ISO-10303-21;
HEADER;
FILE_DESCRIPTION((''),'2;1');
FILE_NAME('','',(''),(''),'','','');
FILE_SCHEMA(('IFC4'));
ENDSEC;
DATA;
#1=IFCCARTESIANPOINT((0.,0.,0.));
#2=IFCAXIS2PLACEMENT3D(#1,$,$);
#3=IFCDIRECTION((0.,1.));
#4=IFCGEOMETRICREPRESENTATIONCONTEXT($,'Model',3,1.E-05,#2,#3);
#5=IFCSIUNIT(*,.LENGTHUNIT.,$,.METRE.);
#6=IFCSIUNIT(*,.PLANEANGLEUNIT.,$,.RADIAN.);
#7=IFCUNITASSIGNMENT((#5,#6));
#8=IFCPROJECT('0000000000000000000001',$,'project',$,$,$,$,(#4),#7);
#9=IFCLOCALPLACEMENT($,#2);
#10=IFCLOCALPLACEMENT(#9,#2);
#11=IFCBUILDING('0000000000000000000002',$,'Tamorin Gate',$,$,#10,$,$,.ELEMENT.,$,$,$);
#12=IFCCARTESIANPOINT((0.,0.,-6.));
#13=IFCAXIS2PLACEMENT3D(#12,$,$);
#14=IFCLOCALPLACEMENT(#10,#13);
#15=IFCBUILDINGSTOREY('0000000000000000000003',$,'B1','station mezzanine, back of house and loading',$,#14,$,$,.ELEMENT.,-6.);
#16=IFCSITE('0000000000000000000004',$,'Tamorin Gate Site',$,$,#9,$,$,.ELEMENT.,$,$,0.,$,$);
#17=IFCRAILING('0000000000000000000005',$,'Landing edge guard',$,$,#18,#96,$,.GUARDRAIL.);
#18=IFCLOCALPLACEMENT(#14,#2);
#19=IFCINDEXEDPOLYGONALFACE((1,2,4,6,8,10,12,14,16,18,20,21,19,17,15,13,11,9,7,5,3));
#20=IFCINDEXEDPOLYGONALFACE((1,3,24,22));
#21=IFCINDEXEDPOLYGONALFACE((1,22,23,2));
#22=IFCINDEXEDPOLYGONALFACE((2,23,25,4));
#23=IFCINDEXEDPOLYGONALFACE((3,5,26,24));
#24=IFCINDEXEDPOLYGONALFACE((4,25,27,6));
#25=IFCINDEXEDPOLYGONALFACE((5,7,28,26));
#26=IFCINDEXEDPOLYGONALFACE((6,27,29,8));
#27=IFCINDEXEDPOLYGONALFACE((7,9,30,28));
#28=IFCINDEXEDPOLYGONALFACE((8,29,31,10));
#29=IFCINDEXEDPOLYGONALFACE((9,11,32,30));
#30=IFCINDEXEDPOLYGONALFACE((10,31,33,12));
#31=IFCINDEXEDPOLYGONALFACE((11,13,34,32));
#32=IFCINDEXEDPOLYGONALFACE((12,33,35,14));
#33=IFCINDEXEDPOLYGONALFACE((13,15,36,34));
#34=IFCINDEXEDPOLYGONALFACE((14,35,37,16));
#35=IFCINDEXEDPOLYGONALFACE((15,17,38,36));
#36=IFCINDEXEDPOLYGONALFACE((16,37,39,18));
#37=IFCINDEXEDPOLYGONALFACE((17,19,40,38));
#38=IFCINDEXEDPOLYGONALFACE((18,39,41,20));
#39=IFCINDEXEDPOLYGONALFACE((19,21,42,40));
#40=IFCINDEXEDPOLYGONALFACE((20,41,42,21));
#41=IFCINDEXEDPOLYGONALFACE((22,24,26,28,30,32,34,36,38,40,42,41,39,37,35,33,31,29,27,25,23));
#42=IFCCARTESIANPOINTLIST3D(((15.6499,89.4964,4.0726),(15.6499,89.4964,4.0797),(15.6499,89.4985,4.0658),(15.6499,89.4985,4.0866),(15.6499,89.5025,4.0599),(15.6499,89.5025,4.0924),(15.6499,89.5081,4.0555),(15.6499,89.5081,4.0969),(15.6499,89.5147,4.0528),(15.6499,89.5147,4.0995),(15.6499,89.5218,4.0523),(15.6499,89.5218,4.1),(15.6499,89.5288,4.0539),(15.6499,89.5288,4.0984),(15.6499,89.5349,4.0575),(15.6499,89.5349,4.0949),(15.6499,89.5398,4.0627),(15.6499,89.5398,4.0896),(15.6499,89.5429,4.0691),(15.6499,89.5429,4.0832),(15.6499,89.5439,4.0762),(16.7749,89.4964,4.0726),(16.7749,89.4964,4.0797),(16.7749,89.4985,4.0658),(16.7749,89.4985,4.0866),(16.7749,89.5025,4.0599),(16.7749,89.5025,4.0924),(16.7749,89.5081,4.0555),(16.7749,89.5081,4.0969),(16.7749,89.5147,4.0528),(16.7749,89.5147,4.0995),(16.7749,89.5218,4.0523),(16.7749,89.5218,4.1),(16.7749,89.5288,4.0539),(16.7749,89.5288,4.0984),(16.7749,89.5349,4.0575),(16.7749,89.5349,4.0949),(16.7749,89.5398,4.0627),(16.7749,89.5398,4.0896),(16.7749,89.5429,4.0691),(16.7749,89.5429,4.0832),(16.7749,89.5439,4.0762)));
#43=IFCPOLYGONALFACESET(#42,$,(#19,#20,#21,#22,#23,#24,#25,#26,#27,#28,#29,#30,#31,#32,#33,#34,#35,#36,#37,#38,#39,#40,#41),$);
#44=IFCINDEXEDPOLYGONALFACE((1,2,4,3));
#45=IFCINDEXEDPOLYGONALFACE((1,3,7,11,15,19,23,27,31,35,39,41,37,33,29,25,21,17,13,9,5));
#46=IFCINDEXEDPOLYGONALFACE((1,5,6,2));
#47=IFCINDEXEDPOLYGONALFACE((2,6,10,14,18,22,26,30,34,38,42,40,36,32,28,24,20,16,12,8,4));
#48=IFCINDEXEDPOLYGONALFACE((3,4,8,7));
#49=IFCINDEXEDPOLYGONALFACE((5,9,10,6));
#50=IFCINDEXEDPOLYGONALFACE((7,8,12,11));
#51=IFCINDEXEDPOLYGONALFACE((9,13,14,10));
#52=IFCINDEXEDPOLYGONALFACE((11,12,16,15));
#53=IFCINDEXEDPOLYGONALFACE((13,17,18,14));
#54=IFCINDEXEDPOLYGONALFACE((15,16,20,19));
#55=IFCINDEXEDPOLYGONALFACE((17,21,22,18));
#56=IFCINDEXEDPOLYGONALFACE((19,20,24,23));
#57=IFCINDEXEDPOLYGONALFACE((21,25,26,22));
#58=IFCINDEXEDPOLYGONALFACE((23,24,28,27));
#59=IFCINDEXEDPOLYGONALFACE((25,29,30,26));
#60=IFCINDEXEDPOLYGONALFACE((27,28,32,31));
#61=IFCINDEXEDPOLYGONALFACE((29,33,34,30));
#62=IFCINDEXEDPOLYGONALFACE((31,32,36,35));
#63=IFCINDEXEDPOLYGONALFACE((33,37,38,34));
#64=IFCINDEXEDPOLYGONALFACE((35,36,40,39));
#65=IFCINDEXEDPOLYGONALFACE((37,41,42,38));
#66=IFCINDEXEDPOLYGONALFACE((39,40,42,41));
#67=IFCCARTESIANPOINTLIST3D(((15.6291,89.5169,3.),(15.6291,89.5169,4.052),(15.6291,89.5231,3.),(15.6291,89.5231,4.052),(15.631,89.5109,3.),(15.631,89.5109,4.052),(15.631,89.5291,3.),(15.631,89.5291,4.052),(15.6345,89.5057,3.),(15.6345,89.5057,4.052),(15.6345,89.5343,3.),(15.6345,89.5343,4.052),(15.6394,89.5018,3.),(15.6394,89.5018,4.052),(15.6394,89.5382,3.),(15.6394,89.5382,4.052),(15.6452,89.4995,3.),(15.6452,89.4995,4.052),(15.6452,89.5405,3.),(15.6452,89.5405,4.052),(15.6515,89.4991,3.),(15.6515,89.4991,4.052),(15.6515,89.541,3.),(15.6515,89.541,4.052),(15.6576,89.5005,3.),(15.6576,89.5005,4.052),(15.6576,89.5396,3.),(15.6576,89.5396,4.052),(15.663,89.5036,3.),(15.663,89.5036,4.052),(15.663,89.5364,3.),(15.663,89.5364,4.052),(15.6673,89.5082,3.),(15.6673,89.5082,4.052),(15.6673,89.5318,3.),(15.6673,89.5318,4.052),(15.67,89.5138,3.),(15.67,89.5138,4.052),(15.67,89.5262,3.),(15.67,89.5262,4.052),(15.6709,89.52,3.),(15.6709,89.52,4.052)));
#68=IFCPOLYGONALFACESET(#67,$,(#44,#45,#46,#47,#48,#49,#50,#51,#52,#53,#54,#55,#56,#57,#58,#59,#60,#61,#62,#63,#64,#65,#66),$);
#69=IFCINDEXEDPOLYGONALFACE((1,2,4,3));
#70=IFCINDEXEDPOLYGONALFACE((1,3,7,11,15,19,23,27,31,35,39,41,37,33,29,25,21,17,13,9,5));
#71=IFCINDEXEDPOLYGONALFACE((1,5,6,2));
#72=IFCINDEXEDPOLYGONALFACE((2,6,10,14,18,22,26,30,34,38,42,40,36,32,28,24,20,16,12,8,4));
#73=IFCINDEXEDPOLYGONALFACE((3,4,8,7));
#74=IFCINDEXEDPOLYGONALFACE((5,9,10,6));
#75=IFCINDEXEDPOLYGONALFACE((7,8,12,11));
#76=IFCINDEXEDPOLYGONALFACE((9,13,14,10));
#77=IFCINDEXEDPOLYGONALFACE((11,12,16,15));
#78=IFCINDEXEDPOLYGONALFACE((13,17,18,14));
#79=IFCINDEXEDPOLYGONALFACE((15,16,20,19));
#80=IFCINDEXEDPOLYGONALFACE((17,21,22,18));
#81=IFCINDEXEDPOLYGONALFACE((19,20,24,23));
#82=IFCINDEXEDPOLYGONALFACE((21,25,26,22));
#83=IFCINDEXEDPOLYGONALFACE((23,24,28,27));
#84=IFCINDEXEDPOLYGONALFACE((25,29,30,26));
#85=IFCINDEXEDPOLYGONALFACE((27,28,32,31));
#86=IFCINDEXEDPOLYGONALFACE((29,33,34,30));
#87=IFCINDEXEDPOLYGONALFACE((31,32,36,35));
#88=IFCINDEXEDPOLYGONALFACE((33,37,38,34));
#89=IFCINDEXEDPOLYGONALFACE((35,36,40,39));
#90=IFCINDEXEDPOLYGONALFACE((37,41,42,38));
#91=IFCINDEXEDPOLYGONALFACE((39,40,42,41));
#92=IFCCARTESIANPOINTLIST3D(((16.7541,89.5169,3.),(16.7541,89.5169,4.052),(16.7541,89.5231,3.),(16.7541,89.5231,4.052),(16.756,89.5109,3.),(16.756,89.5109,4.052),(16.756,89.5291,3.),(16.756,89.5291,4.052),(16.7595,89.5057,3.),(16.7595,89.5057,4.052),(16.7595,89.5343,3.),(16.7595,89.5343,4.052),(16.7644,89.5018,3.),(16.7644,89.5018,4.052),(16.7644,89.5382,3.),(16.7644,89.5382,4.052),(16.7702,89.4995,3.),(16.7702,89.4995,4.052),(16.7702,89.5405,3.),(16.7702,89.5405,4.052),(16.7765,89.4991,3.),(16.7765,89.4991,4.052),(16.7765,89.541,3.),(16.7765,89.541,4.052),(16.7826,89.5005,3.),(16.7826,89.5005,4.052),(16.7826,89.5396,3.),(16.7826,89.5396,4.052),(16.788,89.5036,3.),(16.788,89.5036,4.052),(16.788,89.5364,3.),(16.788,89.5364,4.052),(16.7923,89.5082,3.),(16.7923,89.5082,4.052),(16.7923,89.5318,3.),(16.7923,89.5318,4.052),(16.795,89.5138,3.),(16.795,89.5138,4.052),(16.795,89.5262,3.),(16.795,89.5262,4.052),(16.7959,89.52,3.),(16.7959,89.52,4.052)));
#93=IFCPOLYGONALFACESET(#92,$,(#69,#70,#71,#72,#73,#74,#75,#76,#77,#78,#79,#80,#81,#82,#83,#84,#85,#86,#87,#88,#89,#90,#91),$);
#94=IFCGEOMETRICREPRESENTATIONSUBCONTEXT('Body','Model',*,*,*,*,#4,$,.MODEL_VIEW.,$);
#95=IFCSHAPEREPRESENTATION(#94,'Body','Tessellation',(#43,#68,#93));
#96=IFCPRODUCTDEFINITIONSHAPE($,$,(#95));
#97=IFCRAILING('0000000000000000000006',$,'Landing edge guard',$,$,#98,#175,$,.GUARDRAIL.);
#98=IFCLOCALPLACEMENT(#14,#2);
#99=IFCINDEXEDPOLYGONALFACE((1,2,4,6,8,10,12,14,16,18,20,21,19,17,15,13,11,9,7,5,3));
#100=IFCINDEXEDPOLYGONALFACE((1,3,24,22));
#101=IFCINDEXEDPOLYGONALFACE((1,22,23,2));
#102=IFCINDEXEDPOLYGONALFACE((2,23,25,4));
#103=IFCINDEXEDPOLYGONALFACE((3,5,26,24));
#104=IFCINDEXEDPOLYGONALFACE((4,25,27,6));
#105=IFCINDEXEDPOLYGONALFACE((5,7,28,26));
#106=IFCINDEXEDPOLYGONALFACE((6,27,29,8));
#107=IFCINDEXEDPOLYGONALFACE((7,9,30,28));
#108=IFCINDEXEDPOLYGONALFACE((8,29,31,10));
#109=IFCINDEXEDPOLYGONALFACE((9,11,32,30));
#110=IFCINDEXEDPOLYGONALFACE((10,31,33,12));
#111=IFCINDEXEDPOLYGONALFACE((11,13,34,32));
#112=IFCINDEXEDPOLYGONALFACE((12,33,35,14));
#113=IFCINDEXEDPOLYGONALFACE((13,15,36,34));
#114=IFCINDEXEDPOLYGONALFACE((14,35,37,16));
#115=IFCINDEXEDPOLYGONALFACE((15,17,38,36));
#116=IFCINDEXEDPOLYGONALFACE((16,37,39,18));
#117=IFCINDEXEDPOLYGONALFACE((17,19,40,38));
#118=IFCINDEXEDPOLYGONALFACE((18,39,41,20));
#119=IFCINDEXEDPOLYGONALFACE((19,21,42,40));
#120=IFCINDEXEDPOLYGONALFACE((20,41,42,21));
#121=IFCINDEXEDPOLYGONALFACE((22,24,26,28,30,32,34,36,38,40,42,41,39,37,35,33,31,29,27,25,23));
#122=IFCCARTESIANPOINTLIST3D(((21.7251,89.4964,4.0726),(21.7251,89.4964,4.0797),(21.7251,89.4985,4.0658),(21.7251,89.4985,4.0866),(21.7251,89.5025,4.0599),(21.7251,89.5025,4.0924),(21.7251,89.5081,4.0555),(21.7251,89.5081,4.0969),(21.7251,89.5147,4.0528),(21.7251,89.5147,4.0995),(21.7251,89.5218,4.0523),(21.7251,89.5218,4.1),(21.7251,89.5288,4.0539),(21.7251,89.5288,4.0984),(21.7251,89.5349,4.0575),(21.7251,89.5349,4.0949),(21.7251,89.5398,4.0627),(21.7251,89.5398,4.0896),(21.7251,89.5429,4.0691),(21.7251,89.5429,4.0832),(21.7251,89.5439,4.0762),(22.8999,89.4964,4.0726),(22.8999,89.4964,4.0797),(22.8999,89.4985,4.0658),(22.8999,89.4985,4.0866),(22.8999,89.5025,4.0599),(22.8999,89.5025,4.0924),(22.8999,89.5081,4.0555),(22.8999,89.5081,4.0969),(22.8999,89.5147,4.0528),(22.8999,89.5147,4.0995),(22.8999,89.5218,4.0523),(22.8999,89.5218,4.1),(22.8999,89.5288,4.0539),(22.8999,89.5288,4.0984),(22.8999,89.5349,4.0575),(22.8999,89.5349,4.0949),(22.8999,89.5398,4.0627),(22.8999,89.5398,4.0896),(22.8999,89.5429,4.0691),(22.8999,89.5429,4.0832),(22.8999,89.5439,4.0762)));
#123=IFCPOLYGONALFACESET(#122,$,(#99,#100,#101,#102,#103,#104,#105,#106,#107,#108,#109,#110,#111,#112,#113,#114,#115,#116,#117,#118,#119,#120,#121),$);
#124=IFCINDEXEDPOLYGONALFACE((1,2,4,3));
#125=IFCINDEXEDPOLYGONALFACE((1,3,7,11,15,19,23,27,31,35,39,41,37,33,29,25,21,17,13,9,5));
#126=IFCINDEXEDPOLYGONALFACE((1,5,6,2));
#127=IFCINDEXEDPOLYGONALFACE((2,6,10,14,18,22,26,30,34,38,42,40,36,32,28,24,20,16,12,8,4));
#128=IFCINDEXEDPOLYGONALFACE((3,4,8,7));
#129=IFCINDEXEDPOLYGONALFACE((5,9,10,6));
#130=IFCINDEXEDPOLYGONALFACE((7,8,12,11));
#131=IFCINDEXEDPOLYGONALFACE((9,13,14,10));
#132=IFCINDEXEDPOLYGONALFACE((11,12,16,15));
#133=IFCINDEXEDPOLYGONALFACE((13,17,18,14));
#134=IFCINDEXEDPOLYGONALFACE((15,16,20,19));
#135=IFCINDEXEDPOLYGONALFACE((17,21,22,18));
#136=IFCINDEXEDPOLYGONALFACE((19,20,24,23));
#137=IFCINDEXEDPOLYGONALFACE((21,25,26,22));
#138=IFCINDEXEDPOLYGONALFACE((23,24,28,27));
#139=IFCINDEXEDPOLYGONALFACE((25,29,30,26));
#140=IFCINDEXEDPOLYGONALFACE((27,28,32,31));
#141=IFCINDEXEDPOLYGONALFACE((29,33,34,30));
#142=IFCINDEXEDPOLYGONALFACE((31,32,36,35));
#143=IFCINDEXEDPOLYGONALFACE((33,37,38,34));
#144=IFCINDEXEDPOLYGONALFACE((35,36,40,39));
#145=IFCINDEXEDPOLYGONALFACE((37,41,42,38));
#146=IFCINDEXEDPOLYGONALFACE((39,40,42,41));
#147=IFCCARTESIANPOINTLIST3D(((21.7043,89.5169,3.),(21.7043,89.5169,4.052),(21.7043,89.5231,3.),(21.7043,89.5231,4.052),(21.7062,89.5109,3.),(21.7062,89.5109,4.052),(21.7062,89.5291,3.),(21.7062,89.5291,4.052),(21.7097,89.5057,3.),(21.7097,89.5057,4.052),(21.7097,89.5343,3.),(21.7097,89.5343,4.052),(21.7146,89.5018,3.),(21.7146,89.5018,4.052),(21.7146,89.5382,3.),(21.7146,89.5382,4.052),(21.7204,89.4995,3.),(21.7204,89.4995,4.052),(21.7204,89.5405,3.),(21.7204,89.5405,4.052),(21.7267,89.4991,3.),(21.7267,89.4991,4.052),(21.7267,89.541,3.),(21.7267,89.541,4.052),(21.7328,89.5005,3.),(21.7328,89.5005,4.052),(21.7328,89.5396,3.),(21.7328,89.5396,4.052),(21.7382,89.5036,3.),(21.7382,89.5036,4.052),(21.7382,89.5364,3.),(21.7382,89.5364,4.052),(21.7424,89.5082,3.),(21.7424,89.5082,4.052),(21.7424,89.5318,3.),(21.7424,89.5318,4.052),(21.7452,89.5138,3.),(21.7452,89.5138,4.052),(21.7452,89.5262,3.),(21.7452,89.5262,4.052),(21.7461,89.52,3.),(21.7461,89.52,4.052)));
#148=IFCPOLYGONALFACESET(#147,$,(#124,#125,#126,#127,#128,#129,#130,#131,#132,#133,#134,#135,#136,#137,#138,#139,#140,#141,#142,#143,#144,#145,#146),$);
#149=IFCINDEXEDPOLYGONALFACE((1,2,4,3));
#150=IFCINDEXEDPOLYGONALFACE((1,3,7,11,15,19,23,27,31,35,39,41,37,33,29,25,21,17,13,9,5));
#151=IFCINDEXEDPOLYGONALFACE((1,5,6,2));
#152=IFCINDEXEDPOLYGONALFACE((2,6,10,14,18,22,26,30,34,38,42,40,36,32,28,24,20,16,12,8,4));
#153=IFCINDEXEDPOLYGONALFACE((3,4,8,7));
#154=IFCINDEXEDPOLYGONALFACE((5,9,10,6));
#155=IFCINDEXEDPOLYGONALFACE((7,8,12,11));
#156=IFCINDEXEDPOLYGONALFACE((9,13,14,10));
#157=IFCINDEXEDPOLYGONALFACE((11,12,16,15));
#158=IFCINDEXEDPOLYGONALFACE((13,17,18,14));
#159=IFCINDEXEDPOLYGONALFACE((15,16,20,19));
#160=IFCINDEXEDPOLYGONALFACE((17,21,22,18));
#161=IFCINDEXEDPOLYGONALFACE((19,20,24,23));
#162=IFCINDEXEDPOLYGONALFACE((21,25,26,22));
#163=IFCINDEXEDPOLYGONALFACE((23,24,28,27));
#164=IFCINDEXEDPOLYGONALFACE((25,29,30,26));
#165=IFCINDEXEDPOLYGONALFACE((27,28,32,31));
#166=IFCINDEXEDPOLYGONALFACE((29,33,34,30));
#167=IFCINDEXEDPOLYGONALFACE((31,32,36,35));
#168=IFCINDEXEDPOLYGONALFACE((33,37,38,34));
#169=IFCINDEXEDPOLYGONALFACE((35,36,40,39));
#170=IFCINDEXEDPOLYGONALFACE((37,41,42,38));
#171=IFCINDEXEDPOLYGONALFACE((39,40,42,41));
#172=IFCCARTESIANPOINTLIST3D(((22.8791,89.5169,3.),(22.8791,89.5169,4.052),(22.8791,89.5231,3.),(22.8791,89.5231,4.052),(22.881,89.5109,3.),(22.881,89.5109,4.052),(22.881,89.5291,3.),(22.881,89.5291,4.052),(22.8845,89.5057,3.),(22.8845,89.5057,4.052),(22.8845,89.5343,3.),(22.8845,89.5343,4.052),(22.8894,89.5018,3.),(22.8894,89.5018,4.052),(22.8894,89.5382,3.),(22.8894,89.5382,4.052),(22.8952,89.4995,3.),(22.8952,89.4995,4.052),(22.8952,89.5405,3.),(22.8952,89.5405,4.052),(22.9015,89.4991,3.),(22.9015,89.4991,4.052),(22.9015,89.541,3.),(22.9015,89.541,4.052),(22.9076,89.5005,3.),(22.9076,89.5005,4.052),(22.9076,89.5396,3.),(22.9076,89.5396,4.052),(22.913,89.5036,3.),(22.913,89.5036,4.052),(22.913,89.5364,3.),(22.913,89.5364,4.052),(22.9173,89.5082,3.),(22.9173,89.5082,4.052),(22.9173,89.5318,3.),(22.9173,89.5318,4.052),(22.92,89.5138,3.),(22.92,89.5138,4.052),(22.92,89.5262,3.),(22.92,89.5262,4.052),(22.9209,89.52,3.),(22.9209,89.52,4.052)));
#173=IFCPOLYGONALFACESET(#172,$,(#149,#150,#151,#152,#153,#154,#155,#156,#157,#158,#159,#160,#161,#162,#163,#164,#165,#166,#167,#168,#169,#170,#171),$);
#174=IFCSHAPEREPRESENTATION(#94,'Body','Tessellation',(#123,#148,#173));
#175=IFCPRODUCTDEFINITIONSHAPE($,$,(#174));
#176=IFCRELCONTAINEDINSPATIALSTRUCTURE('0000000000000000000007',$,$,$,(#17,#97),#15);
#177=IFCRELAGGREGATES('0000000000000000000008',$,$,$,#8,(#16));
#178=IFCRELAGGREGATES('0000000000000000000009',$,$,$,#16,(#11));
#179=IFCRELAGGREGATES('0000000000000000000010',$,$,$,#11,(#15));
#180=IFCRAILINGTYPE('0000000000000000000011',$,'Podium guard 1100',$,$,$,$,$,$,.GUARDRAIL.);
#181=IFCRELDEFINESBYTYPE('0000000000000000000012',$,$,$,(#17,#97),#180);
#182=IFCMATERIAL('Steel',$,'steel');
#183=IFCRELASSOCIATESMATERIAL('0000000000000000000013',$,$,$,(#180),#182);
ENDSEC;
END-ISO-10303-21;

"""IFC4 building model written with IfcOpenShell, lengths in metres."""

from ifc_helpers import new_model, si_unit, direction, frame, origin, origin_2d, place, context, subcontext, project, spatial, circle, extrude, material, type_object, element, save


model = new_model("IFC4")

# Units and contexts
model_context = context("Model", 3, precision=1e-05, world=origin(), true_north=direction((0.0, 1.0)))
body_context = subcontext(model_context, "Body", "Model", "MODEL_VIEW")
ifc_project = project(units=[si_unit("LENGTHUNIT", "METRE"), si_unit("PLANEANGLEUNIT", "RADIAN")], contexts=[model_context])

# Site, building, storey
site_placement = place(None, origin())
site = spatial("IfcSite", under=ifc_project, at=site_placement, Name="Tamorin Gate Site", CompositionType="ELEMENT", RefElevation=0.0)
building_placement = place(site_placement, origin())
building = spatial("IfcBuilding", under=site, at=building_placement, Name="Tamorin Gate", CompositionType="ELEMENT")
storey_placement = place(building_placement, frame((0.0, 0.0, -6.0)))
storey = spatial("IfcBuildingStorey", under=building, at=storey_placement, Name="B1", Description="station mezzanine, back of house and loading", CompositionType="ELEMENT", Elevation=-6.0)

# Railings
ifc_material_1 = material(Name="Steel", Category="steel")
railing_type_1 = type_object("IfcRailingType", Name="Podium guard 1100", PredefinedType="GUARDRAIL", material=ifc_material_1)
railing_1_placement = place(storey_placement, frame((15.6499, 89.52, 3.0)))
element("IfcRailing", 1, at=railing_1_placement, inside=storey, type_object=railing_type_1, Name="Landing edge guard", PredefinedType="GUARDRAIL", context=body_context, shape_type="SweptSolid", body=[
    extrude(circle(Radius=0.0239, at=origin_2d()), frame((0.0, 0.0, 1.0762), z_axis=(1.0, 0.0, 0.0), x_axis=(0.0, 1.0, 0.0)), (0.0, 0.0, 1.0), 1.125),
    extrude(circle(Radius=0.021, at=origin_2d()), origin(), (0.0, 0.0, 1.0), 1.052),
    extrude(circle(Radius=0.021, at=origin_2d()), frame((1.125, 0.0, 0.0)), (0.0, 0.0, 1.0), 1.052),
])
railing_2_placement = place(storey_placement, frame((21.7251, 89.52, 3.0)))
element("IfcRailing", 2, at=railing_2_placement, inside=storey, type_object=railing_type_1, Name="Landing edge guard", PredefinedType="GUARDRAIL", context=body_context, shape_type="SweptSolid", body=[
    extrude(circle(Radius=0.0239, at=origin_2d()), frame((0.0, 0.0, 1.0762), z_axis=(1.0, 0.0, 0.0), x_axis=(0.0, 1.0, 0.0)), (0.0, 0.0, 1.0), 1.1748),
    extrude(circle(Radius=0.021, at=origin_2d()), origin(), (0.0, 0.0, 1.0), 1.052),
    extrude(circle(Radius=0.021, at=origin_2d()), frame((1.1748, 0.0, 0.0)), (0.0, 0.0, 1.0), 1.052),
])

save(model, "model.ifc")
